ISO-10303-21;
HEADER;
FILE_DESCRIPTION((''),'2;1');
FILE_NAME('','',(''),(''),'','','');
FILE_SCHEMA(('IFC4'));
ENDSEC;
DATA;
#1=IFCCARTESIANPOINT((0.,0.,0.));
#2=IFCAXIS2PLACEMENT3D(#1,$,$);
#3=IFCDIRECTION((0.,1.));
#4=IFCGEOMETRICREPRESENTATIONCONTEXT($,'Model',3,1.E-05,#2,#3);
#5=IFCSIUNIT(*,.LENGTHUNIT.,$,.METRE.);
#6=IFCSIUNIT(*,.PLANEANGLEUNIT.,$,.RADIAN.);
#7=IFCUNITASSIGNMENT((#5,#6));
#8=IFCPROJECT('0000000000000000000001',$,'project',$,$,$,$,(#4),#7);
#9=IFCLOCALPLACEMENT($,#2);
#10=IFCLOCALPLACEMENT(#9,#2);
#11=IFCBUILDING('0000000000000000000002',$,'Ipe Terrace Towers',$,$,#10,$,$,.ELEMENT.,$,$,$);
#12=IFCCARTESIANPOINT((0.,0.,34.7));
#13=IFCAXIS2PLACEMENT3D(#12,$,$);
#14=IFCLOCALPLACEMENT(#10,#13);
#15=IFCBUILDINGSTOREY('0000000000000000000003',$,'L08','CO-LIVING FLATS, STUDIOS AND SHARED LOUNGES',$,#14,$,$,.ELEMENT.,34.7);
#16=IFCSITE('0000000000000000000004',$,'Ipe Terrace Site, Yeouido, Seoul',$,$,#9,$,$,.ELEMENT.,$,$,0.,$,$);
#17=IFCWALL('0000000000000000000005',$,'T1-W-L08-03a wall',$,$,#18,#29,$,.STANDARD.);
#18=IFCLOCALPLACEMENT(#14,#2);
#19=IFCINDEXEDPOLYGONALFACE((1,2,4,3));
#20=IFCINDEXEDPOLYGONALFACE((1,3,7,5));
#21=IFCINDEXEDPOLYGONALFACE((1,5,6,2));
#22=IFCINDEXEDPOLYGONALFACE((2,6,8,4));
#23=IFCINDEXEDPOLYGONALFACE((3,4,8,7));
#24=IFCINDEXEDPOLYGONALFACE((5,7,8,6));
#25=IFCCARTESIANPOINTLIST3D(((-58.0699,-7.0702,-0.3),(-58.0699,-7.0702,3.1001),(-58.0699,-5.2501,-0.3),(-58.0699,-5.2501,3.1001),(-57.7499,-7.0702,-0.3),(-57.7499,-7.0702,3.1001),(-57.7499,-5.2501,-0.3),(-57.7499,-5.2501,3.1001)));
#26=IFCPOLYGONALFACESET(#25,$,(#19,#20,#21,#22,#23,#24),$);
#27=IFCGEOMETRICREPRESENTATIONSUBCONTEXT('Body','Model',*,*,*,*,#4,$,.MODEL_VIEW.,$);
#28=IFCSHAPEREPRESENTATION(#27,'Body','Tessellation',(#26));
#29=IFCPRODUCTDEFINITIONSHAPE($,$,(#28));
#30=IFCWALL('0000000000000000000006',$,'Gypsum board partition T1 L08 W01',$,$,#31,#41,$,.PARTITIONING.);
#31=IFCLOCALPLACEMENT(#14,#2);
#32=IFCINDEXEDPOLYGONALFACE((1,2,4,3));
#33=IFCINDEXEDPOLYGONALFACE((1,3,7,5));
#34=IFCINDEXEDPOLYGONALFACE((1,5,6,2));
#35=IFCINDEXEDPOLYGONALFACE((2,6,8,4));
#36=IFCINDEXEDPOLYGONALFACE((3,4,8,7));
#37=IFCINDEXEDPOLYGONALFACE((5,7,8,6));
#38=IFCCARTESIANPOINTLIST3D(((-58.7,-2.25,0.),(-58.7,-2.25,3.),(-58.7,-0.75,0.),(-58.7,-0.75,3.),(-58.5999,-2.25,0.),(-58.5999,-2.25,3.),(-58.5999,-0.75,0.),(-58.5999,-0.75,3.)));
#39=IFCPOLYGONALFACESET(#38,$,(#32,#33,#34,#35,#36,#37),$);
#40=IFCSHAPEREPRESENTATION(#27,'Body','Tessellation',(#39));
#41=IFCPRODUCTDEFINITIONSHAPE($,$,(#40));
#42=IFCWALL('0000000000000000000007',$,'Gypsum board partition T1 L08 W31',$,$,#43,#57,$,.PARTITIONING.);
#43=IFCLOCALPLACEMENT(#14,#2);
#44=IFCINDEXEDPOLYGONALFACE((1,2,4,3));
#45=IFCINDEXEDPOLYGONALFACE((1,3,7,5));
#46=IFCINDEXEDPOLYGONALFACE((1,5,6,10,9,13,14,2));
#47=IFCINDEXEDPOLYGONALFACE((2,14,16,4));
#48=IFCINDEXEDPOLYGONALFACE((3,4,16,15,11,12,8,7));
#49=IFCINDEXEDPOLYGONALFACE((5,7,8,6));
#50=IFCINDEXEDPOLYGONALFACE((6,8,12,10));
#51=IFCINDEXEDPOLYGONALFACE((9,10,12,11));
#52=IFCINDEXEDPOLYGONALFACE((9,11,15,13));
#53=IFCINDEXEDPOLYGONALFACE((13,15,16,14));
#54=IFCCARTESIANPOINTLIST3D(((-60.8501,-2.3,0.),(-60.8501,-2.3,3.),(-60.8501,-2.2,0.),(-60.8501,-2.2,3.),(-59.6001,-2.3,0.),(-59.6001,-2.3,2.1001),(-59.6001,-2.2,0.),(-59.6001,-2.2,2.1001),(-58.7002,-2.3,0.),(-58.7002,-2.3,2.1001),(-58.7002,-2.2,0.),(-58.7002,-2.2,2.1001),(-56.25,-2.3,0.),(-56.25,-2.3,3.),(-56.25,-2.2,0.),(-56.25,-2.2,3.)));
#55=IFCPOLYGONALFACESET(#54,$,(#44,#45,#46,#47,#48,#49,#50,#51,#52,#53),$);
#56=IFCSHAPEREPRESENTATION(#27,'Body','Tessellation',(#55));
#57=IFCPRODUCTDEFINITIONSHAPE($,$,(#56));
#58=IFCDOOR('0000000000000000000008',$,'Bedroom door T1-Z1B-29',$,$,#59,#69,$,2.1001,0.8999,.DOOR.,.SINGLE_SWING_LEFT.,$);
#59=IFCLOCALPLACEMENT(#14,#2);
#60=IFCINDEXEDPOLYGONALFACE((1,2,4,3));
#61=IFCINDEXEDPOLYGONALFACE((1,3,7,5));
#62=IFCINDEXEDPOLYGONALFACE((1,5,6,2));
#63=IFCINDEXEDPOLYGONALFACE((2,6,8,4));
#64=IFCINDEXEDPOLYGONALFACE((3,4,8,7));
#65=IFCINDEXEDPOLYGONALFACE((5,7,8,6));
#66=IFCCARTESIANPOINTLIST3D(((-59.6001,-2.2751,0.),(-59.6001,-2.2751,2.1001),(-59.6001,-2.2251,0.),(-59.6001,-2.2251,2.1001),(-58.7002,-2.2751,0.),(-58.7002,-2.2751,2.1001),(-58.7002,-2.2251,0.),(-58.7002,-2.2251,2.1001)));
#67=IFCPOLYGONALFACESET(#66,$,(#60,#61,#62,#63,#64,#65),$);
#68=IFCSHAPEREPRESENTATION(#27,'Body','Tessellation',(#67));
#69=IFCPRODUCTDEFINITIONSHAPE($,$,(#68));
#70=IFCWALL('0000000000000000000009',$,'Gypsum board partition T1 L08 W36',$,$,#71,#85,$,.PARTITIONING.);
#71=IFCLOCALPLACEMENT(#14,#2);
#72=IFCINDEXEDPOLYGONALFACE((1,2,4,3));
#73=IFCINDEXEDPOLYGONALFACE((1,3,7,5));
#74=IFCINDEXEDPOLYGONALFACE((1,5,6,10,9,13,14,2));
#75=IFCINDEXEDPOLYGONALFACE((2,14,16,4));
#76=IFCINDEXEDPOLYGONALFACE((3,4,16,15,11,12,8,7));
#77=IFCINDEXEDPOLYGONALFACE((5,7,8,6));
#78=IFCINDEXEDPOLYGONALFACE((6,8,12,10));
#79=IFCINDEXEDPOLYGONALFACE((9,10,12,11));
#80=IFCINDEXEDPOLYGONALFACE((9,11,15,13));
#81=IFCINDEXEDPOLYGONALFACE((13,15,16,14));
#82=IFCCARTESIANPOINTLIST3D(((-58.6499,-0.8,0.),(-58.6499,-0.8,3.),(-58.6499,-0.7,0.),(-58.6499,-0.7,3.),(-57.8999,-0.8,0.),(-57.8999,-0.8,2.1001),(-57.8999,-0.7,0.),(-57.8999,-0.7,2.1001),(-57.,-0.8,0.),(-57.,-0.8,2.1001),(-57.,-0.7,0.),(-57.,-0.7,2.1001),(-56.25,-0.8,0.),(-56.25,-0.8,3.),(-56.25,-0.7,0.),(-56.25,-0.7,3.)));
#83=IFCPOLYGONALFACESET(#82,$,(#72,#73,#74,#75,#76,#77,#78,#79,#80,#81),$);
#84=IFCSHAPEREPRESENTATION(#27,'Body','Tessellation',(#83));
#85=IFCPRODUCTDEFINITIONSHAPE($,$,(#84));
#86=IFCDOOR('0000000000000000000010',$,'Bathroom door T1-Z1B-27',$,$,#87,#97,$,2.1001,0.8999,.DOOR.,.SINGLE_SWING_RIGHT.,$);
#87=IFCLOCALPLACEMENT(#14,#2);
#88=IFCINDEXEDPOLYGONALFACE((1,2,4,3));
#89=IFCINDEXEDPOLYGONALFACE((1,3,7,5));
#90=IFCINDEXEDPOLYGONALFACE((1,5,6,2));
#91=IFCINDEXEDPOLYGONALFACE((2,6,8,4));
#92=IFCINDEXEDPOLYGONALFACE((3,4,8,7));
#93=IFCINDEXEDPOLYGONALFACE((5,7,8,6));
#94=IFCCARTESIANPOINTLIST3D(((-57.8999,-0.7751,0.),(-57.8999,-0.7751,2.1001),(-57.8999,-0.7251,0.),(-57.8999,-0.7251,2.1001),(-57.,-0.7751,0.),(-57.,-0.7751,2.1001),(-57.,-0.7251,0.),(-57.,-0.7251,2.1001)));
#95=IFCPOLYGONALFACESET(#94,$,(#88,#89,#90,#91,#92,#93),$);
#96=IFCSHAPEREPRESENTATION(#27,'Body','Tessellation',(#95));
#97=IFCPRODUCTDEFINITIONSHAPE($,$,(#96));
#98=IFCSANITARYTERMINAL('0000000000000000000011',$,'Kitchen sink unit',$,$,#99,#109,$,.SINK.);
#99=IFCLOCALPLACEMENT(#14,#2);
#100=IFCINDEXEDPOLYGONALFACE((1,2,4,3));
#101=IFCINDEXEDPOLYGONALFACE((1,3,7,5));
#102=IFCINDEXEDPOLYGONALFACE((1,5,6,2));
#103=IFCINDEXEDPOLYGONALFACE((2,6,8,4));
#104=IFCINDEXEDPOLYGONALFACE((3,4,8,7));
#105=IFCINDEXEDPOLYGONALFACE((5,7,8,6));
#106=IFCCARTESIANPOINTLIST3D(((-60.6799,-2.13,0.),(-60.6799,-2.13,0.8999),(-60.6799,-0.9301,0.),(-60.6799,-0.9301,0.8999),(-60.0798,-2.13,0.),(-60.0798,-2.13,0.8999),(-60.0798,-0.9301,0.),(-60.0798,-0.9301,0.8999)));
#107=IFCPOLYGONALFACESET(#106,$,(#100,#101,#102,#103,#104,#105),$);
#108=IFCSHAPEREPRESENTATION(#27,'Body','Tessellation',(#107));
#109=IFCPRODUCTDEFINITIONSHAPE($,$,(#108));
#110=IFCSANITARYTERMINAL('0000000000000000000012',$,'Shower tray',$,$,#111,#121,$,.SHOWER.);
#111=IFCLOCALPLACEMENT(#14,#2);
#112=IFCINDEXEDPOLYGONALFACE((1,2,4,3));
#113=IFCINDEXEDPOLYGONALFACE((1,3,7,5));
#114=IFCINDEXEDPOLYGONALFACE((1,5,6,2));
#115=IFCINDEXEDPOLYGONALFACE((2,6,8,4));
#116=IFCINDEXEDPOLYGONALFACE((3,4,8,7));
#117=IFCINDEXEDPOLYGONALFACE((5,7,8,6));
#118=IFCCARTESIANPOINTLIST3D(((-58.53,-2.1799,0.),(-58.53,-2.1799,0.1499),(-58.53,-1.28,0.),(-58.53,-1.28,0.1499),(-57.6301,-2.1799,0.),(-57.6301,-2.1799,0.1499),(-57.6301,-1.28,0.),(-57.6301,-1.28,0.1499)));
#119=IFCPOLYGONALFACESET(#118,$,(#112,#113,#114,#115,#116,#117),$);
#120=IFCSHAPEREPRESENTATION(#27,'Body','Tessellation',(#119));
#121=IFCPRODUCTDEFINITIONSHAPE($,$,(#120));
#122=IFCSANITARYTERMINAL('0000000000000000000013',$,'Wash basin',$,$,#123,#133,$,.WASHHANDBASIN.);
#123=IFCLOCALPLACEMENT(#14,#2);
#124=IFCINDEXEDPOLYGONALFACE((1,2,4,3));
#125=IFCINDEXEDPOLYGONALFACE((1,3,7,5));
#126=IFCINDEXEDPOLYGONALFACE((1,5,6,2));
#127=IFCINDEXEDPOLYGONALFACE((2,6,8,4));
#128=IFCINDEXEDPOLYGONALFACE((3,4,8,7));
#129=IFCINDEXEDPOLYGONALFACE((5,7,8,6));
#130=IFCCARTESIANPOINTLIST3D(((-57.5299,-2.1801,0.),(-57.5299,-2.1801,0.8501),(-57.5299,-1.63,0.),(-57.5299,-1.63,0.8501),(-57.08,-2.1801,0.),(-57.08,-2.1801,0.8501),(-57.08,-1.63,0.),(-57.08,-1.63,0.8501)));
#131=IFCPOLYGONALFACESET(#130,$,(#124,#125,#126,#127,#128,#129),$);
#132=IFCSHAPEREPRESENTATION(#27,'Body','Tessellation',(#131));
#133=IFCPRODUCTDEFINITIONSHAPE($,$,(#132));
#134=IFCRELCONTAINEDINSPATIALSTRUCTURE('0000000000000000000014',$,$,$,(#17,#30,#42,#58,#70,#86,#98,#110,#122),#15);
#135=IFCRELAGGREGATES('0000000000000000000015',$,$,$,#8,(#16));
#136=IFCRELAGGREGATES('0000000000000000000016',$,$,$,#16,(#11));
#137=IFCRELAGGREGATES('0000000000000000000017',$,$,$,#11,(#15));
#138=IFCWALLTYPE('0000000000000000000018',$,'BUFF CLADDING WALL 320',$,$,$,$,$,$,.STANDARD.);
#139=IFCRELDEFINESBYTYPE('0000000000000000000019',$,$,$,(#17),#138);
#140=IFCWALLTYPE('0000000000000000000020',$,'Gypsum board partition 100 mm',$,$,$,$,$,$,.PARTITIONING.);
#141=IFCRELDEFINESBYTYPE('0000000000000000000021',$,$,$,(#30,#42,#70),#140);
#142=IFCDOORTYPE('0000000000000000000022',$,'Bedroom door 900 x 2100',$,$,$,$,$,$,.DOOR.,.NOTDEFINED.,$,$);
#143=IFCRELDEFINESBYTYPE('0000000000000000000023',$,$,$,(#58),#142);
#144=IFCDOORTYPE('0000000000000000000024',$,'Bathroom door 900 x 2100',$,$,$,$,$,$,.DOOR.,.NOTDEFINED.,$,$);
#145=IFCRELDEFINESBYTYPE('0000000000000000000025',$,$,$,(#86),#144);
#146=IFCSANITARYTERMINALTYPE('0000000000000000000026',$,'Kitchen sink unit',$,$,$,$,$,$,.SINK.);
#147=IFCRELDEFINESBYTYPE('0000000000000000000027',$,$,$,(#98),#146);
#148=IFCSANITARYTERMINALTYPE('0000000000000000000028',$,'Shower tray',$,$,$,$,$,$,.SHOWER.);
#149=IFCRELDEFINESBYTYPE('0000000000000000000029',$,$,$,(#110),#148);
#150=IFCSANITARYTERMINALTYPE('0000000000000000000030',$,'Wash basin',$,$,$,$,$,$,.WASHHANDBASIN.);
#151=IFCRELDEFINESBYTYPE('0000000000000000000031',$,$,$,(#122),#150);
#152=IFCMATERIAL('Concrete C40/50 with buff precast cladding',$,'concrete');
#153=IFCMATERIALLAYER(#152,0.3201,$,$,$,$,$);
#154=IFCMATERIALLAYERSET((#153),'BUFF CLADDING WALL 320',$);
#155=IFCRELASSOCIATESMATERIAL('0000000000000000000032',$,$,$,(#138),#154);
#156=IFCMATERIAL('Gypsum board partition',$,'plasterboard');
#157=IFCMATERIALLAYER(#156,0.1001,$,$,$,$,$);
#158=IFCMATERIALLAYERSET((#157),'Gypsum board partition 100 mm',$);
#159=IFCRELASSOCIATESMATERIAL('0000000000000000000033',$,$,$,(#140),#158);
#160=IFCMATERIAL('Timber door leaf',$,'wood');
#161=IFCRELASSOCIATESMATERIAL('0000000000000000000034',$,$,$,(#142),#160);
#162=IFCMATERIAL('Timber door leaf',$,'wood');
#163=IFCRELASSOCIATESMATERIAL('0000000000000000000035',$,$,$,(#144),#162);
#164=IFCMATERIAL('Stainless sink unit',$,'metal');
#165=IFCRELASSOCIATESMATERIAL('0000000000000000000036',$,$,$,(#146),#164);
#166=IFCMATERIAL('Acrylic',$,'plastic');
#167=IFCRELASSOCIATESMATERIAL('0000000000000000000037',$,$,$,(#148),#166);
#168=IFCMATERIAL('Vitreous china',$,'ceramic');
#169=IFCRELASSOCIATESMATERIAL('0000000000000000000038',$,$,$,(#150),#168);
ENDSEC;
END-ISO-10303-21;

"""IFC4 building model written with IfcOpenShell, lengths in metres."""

from ifc_helpers import new_model, si_unit, direction, frame, frame_2d, origin, origin_2d, place, context, subcontext, project, spatial, rectangle, extrude, material, layer, layer_set, type_object, element, fill, save


model = new_model("IFC4")

# Units and contexts
model_context = context("Model", 3, precision=1e-05, world=origin(), true_north=direction((0.0, 1.0)))
body_context = subcontext(model_context, "Body", "Model", "MODEL_VIEW")
ifc_project = project(units=[si_unit("LENGTHUNIT", "METRE"), si_unit("PLANEANGLEUNIT", "RADIAN")], contexts=[model_context])

# Site, building, storey
site_placement = place(None, origin())
site = spatial("IfcSite", under=ifc_project, at=site_placement, Name="Ipe Terrace Site, Yeouido, Seoul", CompositionType="ELEMENT", RefElevation=0.0)
building_placement = place(site_placement, origin())
building = spatial("IfcBuilding", under=site, at=building_placement, Name="Ipe Terrace Towers", CompositionType="ELEMENT")
storey_placement = place(building_placement, frame((0.0, 0.0, 34.7)))
storey = spatial("IfcBuildingStorey", under=building, at=storey_placement, Name="L08", Description="CO-LIVING FLATS, STUDIOS AND SHARED LOUNGES", CompositionType="ELEMENT", Elevation=34.7)

# Shared definitions
ifc_material_1 = material(Name="Concrete C40/50 with buff precast cladding", Category="concrete")
ifc_layer_1 = layer(ifc_material_1, 0.3201)
ifc_layer_set_1 = layer_set([ifc_layer_1], Name="BUFF CLADDING WALL 320")
wall_type_1 = type_object("IfcWallType", Name="BUFF CLADDING WALL 320", PredefinedType="STANDARD", material=ifc_layer_set_1)

# Walls
wall_1_placement = place(storey_placement, frame((-57.9099, -5.25, -0.3), z_axis=(0.0, 0.0, 1.0), x_axis=(0.0, -1.0, 0.0)))
element("IfcWall", 1, at=wall_1_placement, inside=storey, type_object=wall_type_1, Name="T1-W-L08-03a wall", PredefinedType="STANDARD", context=body_context, shape_type="SweptSolid", body=[
    extrude(rectangle(XDim=1.8201, YDim=0.3201, at=frame_2d((0.9102, 0.0))), origin(), (0.0, 0.0, 1.0), 3.4001),
])
ifc_material_2 = material(Name="Gypsum board partition", Category="plasterboard")
ifc_layer_2 = layer(ifc_material_2, 0.1001)
ifc_layer_set_2 = layer_set([ifc_layer_2], Name="Gypsum board partition 100 mm")
wall_type_2 = type_object("IfcWallType", Name="Gypsum board partition 100 mm", PredefinedType="PARTITIONING", material=ifc_layer_set_2)
wall_2_placement = place(storey_placement, frame((-58.6499, -2.25, 0.0), z_axis=(0.0, 0.0, 1.0), x_axis=(0.0, 1.0, 0.0)))
element("IfcWall", 2, at=wall_2_placement, inside=storey, type_object=wall_type_2, Name="Gypsum board partition T1 L08 W01", PredefinedType="PARTITIONING", context=body_context, shape_type="SweptSolid", body=[
    extrude(rectangle(XDim=1.5, YDim=0.1001, at=frame_2d((0.75, 0.0))), origin(), (0.0, 0.0, 1.0), 3.0),
])

# Walls, openings, doors
wall_3_placement = place(storey_placement, frame((-60.8501, -2.25, 0.0), z_axis=(0.0, 0.0, 1.0), x_axis=(1.0, 0.0, 0.0)))
wall_3 = element("IfcWall", 3, at=wall_3_placement, inside=storey, type_object=wall_type_2, Name="Gypsum board partition T1 L08 W31", PredefinedType="PARTITIONING", context=body_context, shape_type="SweptSolid", body=[
    extrude(rectangle(XDim=4.6001, YDim=0.1001, at=frame_2d((2.3, 0.0))), origin(), (0.0, 0.0, 1.0), 3.0),
])
opening_1_placement = place(wall_3_placement, frame((1.25, 0.0, 0.0)))
opening_1 = element("IfcOpeningElement", 4, at=opening_1_placement, cuts=wall_3, PredefinedType="OPENING", context=body_context, shape_type="SweptSolid", body=[
    extrude(rectangle(XDim=0.8999, YDim=2.1001, at=frame_2d((0.45, 1.05))), frame((0.0, 0.0601, 0.0), z_axis=(0.0, -1.0, 0.0), x_axis=(1.0, 0.0, 0.0)), (0.0, 0.0, 1.0), 0.1201),
])
ifc_material_3 = material(Name="Timber door leaf", Category="wood")
door_type_1 = type_object("IfcDoorType", Name="Bedroom door 900 x 2100", OperationType="NOTDEFINED", PredefinedType="DOOR", material=ifc_material_3)
door_1_placement = place(opening_1_placement, origin())
door_1 = element("IfcDoor", 5, at=door_1_placement, inside=storey, type_object=door_type_1, Name="Bedroom door T1-Z1B-29", OperationType="SINGLE_SWING_LEFT", OverallHeight=2.1001, OverallWidth=0.8999, PredefinedType="DOOR", context=body_context, shape_type="SweptSolid", body=[
    extrude(rectangle(XDim=0.8999, YDim=2.1001, at=frame_2d((0.45, 1.05))), frame((0.0, 0.0249, 0.0), z_axis=(0.0, -1.0, 0.0), x_axis=(1.0, 0.0, 0.0)), (0.0, 0.0, 1.0), 0.05),
])
fill(opening_1, door_1)
wall_4_placement = place(storey_placement, frame((-58.6499, -0.75, 0.0), z_axis=(0.0, 0.0, 1.0), x_axis=(1.0, 0.0, 0.0)))
wall_4 = element("IfcWall", 6, at=wall_4_placement, inside=storey, type_object=wall_type_2, Name="Gypsum board partition T1 L08 W36", PredefinedType="PARTITIONING", context=body_context, shape_type="SweptSolid", body=[
    extrude(rectangle(XDim=2.3999, YDim=0.1001, at=frame_2d((1.2, 0.0))), origin(), (0.0, 0.0, 1.0), 3.0),
])
opening_2_placement = place(wall_4_placement, frame((0.75, 0.0, 0.0)))
opening_2 = element("IfcOpeningElement", 7, at=opening_2_placement, cuts=wall_4, PredefinedType="OPENING", context=body_context, shape_type="SweptSolid", body=[
    extrude(rectangle(XDim=0.8999, YDim=2.1001, at=frame_2d((0.45, 1.05))), frame((0.0, 0.0601, 0.0), z_axis=(0.0, -1.0, 0.0), x_axis=(1.0, 0.0, 0.0)), (0.0, 0.0, 1.0), 0.1201),
])
ifc_material_4 = material(Name="Timber door leaf", Category="wood")
door_type_2 = type_object("IfcDoorType", Name="Bathroom door 900 x 2100", OperationType="NOTDEFINED", PredefinedType="DOOR", material=ifc_material_4)
door_2_placement = place(opening_2_placement, origin())
door_2 = element("IfcDoor", 8, at=door_2_placement, inside=storey, type_object=door_type_2, Name="Bathroom door T1-Z1B-27", OperationType="SINGLE_SWING_RIGHT", OverallHeight=2.1001, OverallWidth=0.8999, PredefinedType="DOOR", context=body_context, shape_type="SweptSolid", body=[
    extrude(rectangle(XDim=0.8999, YDim=2.1001, at=frame_2d((0.45, 1.05))), frame((0.0, 0.0249, 0.0), z_axis=(0.0, -1.0, 0.0), x_axis=(1.0, 0.0, 0.0)), (0.0, 0.0, 1.0), 0.05),
])
fill(opening_2, door_2)

# Sanitary terminals
ifc_material_5 = material(Name="Stainless sink unit", Category="metal")
sanitary_terminal_type_1 = type_object("IfcSanitaryTerminalType", Name="Kitchen sink unit", PredefinedType="SINK", material=ifc_material_5)
sanitary_terminal_1_placement = place(storey_placement, frame((-60.3799, -1.53, 0.0), z_axis=(0.0, 0.0, 1.0), x_axis=(0.0, 1.0, 0.0)))
element("IfcSanitaryTerminal", 9, at=sanitary_terminal_1_placement, inside=storey, type_object=sanitary_terminal_type_1, Name="Kitchen sink unit", PredefinedType="SINK", context=body_context, shape_type="SweptSolid", body=[
    extrude(rectangle(XDim=1.2, YDim=0.6001, at=origin_2d()), origin(), (0.0, 0.0, 1.0), 0.8999),
])
ifc_material_6 = material(Name="Acrylic", Category="plastic")
sanitary_terminal_type_2 = type_object("IfcSanitaryTerminalType", Name="Shower tray", PredefinedType="SHOWER", material=ifc_material_6)
sanitary_terminal_2_placement = place(storey_placement, frame((-58.0801, -1.73, 0.0), z_axis=(0.0, 0.0, 1.0), x_axis=(0.0, 1.0, 0.0)))
element("IfcSanitaryTerminal", 10, at=sanitary_terminal_2_placement, inside=storey, type_object=sanitary_terminal_type_2, Name="Shower tray", PredefinedType="SHOWER", context=body_context, shape_type="SweptSolid", body=[
    extrude(rectangle(XDim=0.8999, YDim=0.8999, at=origin_2d()), origin(), (0.0, 0.0, 1.0), 0.1499),
])
ifc_material_7 = material(Name="Vitreous china", Category="ceramic")
sanitary_terminal_type_3 = type_object("IfcSanitaryTerminalType", Name="Wash basin", PredefinedType="WASHHANDBASIN", material=ifc_material_7)
sanitary_terminal_3_placement = place(storey_placement, frame((-57.3049, -1.905, 0.0), z_axis=(0.0, 0.0, 1.0), x_axis=(0.0, 1.0, 0.0)))
element("IfcSanitaryTerminal", 11, at=sanitary_terminal_3_placement, inside=storey, type_object=sanitary_terminal_type_3, Name="Wash basin", PredefinedType="WASHHANDBASIN", context=body_context, shape_type="SweptSolid", body=[
    extrude(rectangle(XDim=0.55, YDim=0.45, at=origin_2d()), origin(), (0.0, 0.0, 1.0), 0.8501),
])

save(model, "model.ifc")
